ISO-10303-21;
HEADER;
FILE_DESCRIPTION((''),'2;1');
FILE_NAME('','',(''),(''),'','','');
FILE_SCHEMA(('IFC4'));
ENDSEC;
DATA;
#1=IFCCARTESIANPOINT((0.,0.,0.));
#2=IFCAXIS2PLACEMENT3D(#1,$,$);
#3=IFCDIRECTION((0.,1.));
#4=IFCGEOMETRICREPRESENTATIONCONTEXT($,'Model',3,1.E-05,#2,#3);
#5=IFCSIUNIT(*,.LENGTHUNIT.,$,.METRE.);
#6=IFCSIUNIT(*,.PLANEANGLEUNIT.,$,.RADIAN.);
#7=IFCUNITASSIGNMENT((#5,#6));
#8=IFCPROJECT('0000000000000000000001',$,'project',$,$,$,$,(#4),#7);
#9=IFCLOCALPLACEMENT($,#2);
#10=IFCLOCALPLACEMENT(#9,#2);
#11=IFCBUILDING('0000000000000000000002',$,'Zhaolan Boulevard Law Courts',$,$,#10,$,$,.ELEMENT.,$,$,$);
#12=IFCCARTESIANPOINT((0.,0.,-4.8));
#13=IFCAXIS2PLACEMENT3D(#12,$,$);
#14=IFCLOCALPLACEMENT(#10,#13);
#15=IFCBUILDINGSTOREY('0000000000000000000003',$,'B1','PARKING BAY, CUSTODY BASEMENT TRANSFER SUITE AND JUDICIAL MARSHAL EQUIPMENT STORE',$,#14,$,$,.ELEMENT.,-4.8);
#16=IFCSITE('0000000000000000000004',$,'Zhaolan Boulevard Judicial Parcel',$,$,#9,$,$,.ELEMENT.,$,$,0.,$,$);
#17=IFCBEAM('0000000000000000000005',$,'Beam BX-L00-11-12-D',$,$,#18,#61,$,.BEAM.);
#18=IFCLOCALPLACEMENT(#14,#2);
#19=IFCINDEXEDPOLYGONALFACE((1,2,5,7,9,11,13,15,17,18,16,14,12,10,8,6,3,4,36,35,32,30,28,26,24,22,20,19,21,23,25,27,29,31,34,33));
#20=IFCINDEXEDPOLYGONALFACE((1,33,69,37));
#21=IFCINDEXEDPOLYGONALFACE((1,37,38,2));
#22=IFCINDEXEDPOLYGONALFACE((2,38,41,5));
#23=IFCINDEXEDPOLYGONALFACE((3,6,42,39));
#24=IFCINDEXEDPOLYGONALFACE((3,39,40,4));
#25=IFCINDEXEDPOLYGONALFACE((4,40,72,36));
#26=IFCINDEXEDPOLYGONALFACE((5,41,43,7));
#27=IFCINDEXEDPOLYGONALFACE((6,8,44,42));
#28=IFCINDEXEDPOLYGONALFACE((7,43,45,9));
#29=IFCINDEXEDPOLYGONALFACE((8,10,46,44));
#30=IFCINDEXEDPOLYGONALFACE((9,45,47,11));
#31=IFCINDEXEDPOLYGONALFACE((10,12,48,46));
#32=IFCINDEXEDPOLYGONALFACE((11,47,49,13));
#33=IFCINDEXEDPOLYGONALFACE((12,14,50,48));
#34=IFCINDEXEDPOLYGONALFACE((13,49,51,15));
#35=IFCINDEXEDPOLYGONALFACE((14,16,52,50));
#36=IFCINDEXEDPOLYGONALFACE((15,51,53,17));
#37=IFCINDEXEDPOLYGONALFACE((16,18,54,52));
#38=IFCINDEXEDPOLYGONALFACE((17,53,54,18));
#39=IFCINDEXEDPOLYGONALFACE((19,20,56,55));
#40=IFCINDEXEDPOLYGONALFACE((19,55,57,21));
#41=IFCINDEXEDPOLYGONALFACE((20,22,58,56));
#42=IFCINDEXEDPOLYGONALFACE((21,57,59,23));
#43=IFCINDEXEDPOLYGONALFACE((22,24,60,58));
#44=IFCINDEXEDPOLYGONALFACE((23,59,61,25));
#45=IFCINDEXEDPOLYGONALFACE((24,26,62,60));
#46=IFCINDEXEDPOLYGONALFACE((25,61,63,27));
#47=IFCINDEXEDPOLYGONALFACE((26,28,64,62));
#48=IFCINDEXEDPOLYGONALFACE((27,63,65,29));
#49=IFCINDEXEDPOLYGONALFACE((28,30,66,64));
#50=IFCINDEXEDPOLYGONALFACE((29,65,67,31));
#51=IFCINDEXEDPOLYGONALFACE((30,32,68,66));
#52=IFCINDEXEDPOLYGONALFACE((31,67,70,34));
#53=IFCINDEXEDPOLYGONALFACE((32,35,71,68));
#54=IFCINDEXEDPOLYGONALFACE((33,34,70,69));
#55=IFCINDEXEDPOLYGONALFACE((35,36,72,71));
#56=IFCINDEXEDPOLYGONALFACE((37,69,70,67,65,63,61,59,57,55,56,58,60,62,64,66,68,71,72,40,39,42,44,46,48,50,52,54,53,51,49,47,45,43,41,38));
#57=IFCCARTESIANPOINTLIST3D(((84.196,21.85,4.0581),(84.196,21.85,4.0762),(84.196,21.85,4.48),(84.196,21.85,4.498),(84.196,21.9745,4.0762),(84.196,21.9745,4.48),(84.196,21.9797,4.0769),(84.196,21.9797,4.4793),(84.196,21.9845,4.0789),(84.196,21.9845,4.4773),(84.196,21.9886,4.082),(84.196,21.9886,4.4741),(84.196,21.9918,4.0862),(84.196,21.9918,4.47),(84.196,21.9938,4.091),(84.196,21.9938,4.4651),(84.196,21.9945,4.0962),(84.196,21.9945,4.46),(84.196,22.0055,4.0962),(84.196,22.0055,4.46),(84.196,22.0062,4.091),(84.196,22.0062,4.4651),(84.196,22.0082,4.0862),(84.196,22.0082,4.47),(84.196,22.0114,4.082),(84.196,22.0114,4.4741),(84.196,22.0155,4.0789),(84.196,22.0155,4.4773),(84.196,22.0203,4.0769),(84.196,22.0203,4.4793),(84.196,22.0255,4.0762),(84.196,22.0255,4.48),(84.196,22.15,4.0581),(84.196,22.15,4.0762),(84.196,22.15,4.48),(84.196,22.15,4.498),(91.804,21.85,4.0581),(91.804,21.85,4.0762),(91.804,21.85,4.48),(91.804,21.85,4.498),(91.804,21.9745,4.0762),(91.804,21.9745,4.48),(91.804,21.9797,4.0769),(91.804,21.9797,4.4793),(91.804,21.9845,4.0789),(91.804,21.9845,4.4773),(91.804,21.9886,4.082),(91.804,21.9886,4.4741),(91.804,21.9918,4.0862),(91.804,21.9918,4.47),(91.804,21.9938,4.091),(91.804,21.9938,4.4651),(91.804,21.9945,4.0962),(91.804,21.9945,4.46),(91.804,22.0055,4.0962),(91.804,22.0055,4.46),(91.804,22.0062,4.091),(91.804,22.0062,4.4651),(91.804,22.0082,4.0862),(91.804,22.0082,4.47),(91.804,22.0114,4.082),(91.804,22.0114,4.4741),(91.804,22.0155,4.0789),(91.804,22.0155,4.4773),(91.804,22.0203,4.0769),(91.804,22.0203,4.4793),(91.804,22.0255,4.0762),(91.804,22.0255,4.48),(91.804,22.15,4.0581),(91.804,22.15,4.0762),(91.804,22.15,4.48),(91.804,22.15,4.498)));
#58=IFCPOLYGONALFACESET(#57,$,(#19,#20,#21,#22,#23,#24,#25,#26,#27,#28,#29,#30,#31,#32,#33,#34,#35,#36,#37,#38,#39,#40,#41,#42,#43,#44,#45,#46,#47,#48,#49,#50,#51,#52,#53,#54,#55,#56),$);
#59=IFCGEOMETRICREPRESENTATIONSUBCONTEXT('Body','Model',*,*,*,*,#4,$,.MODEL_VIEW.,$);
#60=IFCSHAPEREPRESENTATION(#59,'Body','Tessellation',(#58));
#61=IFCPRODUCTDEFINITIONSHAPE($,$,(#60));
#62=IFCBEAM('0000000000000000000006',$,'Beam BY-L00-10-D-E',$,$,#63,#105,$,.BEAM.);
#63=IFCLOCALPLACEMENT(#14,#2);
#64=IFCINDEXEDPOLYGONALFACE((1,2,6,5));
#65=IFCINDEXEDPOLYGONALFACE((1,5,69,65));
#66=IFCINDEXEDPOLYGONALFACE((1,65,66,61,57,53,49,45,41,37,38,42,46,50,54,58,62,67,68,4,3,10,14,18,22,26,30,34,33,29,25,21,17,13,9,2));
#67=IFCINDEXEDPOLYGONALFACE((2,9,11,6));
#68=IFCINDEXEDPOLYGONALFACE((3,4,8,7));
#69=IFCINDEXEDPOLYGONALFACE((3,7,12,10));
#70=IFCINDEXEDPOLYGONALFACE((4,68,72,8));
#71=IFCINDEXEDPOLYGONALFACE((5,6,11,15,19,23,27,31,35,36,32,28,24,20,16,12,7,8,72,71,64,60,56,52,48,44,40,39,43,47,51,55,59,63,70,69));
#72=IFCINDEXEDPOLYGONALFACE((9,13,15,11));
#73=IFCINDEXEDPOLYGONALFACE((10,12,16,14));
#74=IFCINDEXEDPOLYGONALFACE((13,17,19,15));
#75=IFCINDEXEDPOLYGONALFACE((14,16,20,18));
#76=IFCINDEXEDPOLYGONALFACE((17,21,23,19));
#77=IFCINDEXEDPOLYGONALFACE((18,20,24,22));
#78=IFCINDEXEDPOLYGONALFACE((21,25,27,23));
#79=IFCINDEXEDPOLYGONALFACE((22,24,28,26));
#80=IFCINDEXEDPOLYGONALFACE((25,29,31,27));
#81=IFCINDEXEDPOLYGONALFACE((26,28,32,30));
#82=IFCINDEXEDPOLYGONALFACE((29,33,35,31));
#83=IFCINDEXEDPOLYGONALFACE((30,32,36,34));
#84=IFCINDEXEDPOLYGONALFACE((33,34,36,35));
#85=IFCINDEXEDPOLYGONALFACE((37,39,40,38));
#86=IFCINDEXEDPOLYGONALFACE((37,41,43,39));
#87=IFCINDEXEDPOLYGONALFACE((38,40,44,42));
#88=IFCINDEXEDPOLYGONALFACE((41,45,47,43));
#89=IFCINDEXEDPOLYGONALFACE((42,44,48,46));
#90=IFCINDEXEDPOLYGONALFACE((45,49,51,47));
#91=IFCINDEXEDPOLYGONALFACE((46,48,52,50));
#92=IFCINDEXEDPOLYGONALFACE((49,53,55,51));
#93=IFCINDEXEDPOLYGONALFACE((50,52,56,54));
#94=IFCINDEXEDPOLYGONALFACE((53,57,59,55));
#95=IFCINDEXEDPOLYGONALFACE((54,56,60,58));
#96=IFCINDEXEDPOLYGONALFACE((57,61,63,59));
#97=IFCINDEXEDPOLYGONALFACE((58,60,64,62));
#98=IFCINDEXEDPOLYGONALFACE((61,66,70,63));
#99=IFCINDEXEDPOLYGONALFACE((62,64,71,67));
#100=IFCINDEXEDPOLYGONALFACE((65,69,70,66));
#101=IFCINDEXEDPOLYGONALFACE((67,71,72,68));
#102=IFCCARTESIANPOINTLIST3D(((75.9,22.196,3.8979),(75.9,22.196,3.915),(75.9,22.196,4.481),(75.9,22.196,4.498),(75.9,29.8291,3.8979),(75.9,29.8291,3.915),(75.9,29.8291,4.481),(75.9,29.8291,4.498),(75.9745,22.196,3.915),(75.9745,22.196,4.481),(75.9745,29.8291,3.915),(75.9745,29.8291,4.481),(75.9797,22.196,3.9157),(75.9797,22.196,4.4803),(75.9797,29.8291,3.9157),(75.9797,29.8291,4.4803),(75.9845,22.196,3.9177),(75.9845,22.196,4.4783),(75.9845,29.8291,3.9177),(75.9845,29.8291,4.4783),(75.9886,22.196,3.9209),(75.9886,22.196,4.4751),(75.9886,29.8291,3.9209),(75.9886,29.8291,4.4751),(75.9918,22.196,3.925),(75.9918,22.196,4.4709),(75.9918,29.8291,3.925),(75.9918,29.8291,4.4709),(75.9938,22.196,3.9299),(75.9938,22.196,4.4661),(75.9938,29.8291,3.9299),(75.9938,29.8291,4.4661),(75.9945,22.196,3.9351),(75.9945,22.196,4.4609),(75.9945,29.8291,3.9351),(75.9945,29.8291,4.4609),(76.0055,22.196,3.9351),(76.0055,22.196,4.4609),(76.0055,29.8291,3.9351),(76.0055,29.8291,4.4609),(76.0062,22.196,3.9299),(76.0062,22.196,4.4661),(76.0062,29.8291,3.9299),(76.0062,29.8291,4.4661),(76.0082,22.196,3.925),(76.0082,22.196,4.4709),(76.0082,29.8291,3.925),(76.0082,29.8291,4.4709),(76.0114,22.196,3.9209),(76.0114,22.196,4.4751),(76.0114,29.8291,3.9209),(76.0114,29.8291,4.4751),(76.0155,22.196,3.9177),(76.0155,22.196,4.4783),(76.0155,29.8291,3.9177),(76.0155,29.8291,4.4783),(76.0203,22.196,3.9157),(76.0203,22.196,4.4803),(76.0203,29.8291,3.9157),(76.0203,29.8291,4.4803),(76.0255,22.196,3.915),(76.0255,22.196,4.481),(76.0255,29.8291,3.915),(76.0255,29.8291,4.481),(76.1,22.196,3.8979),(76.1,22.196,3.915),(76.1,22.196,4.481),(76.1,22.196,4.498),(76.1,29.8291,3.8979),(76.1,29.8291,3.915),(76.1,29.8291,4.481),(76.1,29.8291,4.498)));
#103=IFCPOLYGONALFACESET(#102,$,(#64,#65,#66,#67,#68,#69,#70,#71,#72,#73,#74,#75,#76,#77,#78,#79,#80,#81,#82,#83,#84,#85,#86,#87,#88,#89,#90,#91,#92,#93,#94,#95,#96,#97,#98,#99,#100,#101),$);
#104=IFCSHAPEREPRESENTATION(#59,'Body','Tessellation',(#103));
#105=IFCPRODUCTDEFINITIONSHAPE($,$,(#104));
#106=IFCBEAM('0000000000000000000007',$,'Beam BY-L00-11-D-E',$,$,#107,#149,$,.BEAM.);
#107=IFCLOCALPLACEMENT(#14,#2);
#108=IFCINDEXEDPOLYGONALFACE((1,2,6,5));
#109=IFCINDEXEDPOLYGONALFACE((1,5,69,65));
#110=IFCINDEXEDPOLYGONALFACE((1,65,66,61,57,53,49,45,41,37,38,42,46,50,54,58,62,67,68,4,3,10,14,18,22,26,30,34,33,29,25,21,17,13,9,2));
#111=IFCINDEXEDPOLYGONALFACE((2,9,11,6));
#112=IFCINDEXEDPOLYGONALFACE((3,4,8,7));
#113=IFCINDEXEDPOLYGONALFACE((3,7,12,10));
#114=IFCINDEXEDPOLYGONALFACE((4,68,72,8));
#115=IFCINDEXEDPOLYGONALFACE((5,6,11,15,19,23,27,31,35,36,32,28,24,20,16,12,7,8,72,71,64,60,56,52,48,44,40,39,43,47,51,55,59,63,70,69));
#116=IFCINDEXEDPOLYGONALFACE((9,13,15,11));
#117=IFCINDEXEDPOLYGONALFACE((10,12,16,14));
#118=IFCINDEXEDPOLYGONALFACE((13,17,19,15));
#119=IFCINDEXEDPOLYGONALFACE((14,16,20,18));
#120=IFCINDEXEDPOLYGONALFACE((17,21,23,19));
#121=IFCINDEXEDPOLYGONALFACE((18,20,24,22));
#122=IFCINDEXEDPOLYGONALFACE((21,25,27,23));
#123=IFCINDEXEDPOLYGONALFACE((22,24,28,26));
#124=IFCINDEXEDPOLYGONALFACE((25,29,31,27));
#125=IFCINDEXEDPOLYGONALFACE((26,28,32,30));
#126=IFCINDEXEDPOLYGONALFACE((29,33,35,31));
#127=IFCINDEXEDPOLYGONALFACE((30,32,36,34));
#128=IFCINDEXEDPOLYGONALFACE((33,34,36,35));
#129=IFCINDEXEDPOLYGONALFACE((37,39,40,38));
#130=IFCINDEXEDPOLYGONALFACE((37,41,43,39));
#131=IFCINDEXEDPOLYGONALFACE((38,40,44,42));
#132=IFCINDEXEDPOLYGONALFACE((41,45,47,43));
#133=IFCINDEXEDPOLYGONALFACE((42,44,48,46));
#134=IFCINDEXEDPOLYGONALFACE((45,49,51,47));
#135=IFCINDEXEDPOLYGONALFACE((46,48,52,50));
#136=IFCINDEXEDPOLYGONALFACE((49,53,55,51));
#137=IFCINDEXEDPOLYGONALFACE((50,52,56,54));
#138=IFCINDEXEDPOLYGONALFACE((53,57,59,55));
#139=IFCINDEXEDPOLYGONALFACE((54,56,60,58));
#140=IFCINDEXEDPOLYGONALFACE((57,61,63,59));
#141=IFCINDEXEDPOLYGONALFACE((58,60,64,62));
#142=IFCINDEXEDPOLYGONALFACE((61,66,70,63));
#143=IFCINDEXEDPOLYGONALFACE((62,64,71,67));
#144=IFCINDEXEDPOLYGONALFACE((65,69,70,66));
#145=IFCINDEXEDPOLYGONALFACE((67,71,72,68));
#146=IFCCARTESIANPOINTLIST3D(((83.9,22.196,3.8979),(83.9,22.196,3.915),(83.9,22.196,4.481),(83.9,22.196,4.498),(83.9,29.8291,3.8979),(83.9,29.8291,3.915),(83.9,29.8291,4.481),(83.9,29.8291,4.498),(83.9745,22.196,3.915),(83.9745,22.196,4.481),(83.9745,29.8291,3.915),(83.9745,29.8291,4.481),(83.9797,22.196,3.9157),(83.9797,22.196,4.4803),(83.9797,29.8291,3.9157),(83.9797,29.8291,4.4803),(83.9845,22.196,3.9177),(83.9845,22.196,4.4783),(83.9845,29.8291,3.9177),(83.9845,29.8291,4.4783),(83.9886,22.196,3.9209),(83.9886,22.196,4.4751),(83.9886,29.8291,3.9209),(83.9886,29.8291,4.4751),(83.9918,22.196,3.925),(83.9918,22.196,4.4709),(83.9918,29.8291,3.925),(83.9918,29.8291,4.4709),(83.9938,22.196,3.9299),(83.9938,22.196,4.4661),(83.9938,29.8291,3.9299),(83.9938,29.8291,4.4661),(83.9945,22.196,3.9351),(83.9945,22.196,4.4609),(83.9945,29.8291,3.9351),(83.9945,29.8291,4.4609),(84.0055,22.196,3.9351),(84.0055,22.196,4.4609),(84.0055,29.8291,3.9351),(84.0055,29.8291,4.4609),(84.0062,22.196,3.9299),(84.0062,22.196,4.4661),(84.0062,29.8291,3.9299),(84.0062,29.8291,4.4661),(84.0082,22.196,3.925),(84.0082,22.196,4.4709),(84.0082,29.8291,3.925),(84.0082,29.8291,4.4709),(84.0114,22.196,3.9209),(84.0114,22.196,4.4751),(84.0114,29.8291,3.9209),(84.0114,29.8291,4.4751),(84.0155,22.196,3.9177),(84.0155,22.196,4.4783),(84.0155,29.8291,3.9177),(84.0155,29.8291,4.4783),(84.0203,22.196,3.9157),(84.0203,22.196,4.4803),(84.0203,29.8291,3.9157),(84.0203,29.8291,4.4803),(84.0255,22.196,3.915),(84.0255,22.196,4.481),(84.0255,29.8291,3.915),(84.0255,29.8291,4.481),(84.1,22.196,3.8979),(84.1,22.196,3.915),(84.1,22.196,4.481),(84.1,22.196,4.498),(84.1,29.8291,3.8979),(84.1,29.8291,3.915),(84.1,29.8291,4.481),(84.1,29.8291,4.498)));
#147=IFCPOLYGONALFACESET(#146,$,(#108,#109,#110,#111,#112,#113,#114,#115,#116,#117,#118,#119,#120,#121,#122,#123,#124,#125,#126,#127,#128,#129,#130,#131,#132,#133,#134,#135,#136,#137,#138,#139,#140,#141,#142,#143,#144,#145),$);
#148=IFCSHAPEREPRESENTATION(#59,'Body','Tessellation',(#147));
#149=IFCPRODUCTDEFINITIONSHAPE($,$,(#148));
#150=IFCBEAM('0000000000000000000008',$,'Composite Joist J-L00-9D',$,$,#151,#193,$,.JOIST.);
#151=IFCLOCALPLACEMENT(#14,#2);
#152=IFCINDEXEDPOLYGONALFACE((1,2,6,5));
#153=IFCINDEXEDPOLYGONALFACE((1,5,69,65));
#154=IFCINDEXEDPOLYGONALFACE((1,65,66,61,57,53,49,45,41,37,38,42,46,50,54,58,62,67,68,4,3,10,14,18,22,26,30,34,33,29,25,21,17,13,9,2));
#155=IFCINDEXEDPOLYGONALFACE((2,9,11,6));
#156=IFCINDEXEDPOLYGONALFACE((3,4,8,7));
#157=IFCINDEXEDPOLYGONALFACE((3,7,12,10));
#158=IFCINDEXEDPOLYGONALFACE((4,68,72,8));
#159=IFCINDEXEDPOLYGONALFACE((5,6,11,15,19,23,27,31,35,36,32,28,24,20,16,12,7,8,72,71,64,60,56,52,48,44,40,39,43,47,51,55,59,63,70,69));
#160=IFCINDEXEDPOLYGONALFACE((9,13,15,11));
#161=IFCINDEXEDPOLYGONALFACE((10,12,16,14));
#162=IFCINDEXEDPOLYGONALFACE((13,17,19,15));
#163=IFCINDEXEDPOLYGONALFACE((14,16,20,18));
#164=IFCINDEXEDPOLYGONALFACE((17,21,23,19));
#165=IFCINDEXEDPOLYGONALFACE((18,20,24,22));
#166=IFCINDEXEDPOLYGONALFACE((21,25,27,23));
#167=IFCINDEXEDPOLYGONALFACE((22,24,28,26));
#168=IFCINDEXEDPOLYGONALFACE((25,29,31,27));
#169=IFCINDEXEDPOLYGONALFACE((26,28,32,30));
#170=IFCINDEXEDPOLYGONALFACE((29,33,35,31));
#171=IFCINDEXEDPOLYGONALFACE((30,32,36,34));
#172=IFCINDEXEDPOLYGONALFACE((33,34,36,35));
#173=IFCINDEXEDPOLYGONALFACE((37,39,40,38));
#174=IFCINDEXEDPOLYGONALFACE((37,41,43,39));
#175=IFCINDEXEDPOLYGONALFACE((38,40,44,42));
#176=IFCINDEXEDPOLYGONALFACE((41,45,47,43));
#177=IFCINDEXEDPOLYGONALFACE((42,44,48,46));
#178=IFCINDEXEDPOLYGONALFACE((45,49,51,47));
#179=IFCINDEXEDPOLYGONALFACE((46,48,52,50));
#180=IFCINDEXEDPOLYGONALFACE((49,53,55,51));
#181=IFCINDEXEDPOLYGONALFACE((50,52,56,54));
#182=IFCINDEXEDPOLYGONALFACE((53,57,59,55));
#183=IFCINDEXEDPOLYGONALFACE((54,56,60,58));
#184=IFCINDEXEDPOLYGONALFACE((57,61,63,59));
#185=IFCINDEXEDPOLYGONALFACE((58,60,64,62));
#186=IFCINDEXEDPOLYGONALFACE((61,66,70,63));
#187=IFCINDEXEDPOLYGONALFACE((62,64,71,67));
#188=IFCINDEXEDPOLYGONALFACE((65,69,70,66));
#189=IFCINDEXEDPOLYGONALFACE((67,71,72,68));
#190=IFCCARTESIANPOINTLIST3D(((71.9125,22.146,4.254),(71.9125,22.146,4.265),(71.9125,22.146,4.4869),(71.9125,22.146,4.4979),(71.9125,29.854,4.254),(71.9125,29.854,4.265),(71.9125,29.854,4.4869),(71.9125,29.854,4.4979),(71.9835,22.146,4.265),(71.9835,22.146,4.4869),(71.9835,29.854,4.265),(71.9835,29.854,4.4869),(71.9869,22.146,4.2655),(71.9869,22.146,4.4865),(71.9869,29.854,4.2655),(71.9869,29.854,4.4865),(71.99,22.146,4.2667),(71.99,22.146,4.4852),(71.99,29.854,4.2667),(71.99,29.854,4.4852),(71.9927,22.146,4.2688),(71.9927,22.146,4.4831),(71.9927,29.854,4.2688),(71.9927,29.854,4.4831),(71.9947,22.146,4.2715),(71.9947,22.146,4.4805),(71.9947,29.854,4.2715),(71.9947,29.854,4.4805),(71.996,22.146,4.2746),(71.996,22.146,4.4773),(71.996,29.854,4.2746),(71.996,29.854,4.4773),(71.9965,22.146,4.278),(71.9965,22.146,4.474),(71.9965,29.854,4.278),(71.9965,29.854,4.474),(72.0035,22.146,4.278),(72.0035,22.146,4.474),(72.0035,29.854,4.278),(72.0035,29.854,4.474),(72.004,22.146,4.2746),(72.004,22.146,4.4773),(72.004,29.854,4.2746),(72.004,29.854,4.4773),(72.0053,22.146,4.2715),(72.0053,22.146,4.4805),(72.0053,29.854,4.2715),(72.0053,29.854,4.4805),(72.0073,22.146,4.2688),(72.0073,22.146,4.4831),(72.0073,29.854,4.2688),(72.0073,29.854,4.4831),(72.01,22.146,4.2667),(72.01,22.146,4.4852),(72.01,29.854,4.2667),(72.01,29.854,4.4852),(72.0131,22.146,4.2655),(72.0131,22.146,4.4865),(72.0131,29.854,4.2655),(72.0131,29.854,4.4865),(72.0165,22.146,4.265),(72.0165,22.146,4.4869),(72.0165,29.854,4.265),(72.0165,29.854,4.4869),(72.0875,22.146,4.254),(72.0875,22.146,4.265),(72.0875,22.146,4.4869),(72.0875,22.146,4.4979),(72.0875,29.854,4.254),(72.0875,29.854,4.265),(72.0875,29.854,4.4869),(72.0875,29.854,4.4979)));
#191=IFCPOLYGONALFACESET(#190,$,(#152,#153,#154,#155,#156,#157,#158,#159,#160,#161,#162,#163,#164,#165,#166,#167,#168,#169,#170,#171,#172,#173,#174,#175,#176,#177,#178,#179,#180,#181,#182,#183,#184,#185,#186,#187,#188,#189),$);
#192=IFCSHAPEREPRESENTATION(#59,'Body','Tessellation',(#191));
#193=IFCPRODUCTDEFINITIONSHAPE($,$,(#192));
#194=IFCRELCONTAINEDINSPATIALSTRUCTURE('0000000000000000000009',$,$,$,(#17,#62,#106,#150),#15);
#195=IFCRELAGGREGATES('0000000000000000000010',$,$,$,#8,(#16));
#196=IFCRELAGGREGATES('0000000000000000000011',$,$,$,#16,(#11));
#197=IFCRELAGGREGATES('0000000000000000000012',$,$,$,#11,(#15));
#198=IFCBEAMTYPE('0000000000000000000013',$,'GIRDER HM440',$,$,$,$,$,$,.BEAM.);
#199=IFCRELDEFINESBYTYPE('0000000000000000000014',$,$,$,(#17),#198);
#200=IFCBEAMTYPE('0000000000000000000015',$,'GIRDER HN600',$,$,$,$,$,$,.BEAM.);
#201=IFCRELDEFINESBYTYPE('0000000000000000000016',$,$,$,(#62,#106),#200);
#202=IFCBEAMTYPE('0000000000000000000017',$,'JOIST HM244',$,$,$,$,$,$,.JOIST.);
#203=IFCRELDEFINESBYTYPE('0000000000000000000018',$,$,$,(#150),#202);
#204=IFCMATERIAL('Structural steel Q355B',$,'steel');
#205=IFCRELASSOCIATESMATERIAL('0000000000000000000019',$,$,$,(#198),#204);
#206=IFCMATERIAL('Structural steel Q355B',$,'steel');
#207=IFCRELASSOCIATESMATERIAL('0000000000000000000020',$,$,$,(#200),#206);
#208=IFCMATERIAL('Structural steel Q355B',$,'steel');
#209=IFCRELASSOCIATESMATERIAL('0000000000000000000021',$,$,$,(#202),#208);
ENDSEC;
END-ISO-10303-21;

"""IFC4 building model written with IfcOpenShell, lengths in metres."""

from ifc_helpers import new_model, si_unit, direction, frame, origin, origin_2d, place, context, subcontext, project, spatial, i_section, extrude, material, material_profile, profile_set, type_object, element, save


model = new_model("IFC4")

# Units and contexts
model_context = context("Model", 3, precision=1e-05, world=origin(), true_north=direction((0.0, 1.0)))
body_context = subcontext(model_context, "Body", "Model", "MODEL_VIEW")
ifc_project = project(units=[si_unit("LENGTHUNIT", "METRE"), si_unit("PLANEANGLEUNIT", "RADIAN")], contexts=[model_context])

# Site, building, storey
site_placement = place(None, origin())
site = spatial("IfcSite", under=ifc_project, at=site_placement, Name="Zhaolan Boulevard Judicial Parcel", CompositionType="ELEMENT", RefElevation=0.0)
building_placement = place(site_placement, origin())
building = spatial("IfcBuilding", under=site, at=building_placement, Name="Zhaolan Boulevard Law Courts", CompositionType="ELEMENT")
storey_placement = place(building_placement, frame((0.0, 0.0, -4.8)))
storey = spatial("IfcBuildingStorey", under=building, at=storey_placement, Name="B1", Description="PARKING BAY, CUSTODY BASEMENT TRANSFER SUITE AND JUDICIAL MARSHAL EQUIPMENT STORE", CompositionType="ELEMENT", Elevation=-4.8)

# Beams
ifc_material_1 = material(Name="Structural steel Q355B", Category="steel")
ifc_material_profile_1 = material_profile(ifc_material_1, i_section(OverallWidth=0.3, OverallDepth=0.4399, WebThickness=0.011, FlangeThickness=0.0181, FilletRadius=0.02, at=origin_2d()), Name="HM440x300")
ifc_profile_set_1 = profile_set([ifc_material_profile_1], Name="Structural steel Q355B")
beam_type_1 = type_object("IfcBeamType", Name="GIRDER HM440", PredefinedType="BEAM", material=ifc_profile_set_1)
for number, where, z_axis, x_axis, name in (
    (1, (84.196, 22.0, 4.2781), (1.0, 0.0, 0.0), (0.0, 1.0, 0.0), "Beam BX-L00-11-12-D"),
):
    element("IfcBeam", number, at=place(storey_placement, frame(where, z_axis=z_axis, x_axis=x_axis)), inside=storey, type_object=beam_type_1, Name=name, PredefinedType="BEAM", context=body_context, shape_type="SweptSolid", body=[
        extrude(i_section(OverallWidth=0.3, OverallDepth=0.4399, WebThickness=0.011, FlangeThickness=0.0181, FilletRadius=0.02, at=origin_2d()), origin(), (0.0, 0.0, 1.0), 7.6079),
    ])
ifc_material_2 = material(Name="Structural steel Q355B", Category="steel")
ifc_material_profile_2 = material_profile(ifc_material_2, i_section(OverallWidth=0.2, OverallDepth=0.6001, WebThickness=0.011, FlangeThickness=0.0171, FilletRadius=0.02, at=origin_2d()), Name="HN600x200")
ifc_profile_set_2 = profile_set([ifc_material_profile_2], Name="Structural steel Q355B")
beam_type_2 = type_object("IfcBeamType", Name="GIRDER HN600", PredefinedType="BEAM", material=ifc_profile_set_2)
for number, where, z_axis, x_axis, name in (
    (2, (76.0, 22.196, 4.198), (0.0, 1.0, 0.0), (-1.0, 0.0, 0.0), "Beam BY-L00-10-D-E"),
    (3, (84.0, 22.196, 4.198), (0.0, 1.0, 0.0), (-1.0, 0.0, 0.0), "Beam BY-L00-11-D-E"),
):
    element("IfcBeam", number, at=place(storey_placement, frame(where, z_axis=z_axis, x_axis=x_axis)), inside=storey, type_object=beam_type_2, Name=name, PredefinedType="BEAM", context=body_context, shape_type="SweptSolid", body=[
        extrude(i_section(OverallWidth=0.2, OverallDepth=0.6001, WebThickness=0.011, FlangeThickness=0.0171, FilletRadius=0.02, at=origin_2d()), origin(), (0.0, 0.0, 1.0), 7.6331),
    ])
ifc_material_3 = material(Name="Structural steel Q355B", Category="steel")
ifc_material_profile_3 = material_profile(ifc_material_3, i_section(OverallWidth=0.175, OverallDepth=0.2439, WebThickness=0.0071, FlangeThickness=0.011, FilletRadius=0.0129, at=origin_2d()), Name="HM244x175")
ifc_profile_set_3 = profile_set([ifc_material_profile_3], Name="Structural steel Q355B")
beam_type_3 = type_object("IfcBeamType", Name="JOIST HM244", PredefinedType="JOIST", material=ifc_profile_set_3)
beam_1_placement = place(storey_placement, frame((72.0, 22.146, 4.376), z_axis=(0.0, 1.0, 0.0), x_axis=(-1.0, 0.0, 0.0)))
element("IfcBeam", 4, at=beam_1_placement, inside=storey, type_object=beam_type_3, Name="Composite Joist J-L00-9D", PredefinedType="JOIST", context=body_context, shape_type="SweptSolid", body=[
    extrude(i_section(OverallWidth=0.175, OverallDepth=0.2439, WebThickness=0.0071, FlangeThickness=0.011, FilletRadius=0.0129, at=origin_2d()), origin(), (0.0, 0.0, 1.0), 7.708),
])

save(model, "model.ifc")
